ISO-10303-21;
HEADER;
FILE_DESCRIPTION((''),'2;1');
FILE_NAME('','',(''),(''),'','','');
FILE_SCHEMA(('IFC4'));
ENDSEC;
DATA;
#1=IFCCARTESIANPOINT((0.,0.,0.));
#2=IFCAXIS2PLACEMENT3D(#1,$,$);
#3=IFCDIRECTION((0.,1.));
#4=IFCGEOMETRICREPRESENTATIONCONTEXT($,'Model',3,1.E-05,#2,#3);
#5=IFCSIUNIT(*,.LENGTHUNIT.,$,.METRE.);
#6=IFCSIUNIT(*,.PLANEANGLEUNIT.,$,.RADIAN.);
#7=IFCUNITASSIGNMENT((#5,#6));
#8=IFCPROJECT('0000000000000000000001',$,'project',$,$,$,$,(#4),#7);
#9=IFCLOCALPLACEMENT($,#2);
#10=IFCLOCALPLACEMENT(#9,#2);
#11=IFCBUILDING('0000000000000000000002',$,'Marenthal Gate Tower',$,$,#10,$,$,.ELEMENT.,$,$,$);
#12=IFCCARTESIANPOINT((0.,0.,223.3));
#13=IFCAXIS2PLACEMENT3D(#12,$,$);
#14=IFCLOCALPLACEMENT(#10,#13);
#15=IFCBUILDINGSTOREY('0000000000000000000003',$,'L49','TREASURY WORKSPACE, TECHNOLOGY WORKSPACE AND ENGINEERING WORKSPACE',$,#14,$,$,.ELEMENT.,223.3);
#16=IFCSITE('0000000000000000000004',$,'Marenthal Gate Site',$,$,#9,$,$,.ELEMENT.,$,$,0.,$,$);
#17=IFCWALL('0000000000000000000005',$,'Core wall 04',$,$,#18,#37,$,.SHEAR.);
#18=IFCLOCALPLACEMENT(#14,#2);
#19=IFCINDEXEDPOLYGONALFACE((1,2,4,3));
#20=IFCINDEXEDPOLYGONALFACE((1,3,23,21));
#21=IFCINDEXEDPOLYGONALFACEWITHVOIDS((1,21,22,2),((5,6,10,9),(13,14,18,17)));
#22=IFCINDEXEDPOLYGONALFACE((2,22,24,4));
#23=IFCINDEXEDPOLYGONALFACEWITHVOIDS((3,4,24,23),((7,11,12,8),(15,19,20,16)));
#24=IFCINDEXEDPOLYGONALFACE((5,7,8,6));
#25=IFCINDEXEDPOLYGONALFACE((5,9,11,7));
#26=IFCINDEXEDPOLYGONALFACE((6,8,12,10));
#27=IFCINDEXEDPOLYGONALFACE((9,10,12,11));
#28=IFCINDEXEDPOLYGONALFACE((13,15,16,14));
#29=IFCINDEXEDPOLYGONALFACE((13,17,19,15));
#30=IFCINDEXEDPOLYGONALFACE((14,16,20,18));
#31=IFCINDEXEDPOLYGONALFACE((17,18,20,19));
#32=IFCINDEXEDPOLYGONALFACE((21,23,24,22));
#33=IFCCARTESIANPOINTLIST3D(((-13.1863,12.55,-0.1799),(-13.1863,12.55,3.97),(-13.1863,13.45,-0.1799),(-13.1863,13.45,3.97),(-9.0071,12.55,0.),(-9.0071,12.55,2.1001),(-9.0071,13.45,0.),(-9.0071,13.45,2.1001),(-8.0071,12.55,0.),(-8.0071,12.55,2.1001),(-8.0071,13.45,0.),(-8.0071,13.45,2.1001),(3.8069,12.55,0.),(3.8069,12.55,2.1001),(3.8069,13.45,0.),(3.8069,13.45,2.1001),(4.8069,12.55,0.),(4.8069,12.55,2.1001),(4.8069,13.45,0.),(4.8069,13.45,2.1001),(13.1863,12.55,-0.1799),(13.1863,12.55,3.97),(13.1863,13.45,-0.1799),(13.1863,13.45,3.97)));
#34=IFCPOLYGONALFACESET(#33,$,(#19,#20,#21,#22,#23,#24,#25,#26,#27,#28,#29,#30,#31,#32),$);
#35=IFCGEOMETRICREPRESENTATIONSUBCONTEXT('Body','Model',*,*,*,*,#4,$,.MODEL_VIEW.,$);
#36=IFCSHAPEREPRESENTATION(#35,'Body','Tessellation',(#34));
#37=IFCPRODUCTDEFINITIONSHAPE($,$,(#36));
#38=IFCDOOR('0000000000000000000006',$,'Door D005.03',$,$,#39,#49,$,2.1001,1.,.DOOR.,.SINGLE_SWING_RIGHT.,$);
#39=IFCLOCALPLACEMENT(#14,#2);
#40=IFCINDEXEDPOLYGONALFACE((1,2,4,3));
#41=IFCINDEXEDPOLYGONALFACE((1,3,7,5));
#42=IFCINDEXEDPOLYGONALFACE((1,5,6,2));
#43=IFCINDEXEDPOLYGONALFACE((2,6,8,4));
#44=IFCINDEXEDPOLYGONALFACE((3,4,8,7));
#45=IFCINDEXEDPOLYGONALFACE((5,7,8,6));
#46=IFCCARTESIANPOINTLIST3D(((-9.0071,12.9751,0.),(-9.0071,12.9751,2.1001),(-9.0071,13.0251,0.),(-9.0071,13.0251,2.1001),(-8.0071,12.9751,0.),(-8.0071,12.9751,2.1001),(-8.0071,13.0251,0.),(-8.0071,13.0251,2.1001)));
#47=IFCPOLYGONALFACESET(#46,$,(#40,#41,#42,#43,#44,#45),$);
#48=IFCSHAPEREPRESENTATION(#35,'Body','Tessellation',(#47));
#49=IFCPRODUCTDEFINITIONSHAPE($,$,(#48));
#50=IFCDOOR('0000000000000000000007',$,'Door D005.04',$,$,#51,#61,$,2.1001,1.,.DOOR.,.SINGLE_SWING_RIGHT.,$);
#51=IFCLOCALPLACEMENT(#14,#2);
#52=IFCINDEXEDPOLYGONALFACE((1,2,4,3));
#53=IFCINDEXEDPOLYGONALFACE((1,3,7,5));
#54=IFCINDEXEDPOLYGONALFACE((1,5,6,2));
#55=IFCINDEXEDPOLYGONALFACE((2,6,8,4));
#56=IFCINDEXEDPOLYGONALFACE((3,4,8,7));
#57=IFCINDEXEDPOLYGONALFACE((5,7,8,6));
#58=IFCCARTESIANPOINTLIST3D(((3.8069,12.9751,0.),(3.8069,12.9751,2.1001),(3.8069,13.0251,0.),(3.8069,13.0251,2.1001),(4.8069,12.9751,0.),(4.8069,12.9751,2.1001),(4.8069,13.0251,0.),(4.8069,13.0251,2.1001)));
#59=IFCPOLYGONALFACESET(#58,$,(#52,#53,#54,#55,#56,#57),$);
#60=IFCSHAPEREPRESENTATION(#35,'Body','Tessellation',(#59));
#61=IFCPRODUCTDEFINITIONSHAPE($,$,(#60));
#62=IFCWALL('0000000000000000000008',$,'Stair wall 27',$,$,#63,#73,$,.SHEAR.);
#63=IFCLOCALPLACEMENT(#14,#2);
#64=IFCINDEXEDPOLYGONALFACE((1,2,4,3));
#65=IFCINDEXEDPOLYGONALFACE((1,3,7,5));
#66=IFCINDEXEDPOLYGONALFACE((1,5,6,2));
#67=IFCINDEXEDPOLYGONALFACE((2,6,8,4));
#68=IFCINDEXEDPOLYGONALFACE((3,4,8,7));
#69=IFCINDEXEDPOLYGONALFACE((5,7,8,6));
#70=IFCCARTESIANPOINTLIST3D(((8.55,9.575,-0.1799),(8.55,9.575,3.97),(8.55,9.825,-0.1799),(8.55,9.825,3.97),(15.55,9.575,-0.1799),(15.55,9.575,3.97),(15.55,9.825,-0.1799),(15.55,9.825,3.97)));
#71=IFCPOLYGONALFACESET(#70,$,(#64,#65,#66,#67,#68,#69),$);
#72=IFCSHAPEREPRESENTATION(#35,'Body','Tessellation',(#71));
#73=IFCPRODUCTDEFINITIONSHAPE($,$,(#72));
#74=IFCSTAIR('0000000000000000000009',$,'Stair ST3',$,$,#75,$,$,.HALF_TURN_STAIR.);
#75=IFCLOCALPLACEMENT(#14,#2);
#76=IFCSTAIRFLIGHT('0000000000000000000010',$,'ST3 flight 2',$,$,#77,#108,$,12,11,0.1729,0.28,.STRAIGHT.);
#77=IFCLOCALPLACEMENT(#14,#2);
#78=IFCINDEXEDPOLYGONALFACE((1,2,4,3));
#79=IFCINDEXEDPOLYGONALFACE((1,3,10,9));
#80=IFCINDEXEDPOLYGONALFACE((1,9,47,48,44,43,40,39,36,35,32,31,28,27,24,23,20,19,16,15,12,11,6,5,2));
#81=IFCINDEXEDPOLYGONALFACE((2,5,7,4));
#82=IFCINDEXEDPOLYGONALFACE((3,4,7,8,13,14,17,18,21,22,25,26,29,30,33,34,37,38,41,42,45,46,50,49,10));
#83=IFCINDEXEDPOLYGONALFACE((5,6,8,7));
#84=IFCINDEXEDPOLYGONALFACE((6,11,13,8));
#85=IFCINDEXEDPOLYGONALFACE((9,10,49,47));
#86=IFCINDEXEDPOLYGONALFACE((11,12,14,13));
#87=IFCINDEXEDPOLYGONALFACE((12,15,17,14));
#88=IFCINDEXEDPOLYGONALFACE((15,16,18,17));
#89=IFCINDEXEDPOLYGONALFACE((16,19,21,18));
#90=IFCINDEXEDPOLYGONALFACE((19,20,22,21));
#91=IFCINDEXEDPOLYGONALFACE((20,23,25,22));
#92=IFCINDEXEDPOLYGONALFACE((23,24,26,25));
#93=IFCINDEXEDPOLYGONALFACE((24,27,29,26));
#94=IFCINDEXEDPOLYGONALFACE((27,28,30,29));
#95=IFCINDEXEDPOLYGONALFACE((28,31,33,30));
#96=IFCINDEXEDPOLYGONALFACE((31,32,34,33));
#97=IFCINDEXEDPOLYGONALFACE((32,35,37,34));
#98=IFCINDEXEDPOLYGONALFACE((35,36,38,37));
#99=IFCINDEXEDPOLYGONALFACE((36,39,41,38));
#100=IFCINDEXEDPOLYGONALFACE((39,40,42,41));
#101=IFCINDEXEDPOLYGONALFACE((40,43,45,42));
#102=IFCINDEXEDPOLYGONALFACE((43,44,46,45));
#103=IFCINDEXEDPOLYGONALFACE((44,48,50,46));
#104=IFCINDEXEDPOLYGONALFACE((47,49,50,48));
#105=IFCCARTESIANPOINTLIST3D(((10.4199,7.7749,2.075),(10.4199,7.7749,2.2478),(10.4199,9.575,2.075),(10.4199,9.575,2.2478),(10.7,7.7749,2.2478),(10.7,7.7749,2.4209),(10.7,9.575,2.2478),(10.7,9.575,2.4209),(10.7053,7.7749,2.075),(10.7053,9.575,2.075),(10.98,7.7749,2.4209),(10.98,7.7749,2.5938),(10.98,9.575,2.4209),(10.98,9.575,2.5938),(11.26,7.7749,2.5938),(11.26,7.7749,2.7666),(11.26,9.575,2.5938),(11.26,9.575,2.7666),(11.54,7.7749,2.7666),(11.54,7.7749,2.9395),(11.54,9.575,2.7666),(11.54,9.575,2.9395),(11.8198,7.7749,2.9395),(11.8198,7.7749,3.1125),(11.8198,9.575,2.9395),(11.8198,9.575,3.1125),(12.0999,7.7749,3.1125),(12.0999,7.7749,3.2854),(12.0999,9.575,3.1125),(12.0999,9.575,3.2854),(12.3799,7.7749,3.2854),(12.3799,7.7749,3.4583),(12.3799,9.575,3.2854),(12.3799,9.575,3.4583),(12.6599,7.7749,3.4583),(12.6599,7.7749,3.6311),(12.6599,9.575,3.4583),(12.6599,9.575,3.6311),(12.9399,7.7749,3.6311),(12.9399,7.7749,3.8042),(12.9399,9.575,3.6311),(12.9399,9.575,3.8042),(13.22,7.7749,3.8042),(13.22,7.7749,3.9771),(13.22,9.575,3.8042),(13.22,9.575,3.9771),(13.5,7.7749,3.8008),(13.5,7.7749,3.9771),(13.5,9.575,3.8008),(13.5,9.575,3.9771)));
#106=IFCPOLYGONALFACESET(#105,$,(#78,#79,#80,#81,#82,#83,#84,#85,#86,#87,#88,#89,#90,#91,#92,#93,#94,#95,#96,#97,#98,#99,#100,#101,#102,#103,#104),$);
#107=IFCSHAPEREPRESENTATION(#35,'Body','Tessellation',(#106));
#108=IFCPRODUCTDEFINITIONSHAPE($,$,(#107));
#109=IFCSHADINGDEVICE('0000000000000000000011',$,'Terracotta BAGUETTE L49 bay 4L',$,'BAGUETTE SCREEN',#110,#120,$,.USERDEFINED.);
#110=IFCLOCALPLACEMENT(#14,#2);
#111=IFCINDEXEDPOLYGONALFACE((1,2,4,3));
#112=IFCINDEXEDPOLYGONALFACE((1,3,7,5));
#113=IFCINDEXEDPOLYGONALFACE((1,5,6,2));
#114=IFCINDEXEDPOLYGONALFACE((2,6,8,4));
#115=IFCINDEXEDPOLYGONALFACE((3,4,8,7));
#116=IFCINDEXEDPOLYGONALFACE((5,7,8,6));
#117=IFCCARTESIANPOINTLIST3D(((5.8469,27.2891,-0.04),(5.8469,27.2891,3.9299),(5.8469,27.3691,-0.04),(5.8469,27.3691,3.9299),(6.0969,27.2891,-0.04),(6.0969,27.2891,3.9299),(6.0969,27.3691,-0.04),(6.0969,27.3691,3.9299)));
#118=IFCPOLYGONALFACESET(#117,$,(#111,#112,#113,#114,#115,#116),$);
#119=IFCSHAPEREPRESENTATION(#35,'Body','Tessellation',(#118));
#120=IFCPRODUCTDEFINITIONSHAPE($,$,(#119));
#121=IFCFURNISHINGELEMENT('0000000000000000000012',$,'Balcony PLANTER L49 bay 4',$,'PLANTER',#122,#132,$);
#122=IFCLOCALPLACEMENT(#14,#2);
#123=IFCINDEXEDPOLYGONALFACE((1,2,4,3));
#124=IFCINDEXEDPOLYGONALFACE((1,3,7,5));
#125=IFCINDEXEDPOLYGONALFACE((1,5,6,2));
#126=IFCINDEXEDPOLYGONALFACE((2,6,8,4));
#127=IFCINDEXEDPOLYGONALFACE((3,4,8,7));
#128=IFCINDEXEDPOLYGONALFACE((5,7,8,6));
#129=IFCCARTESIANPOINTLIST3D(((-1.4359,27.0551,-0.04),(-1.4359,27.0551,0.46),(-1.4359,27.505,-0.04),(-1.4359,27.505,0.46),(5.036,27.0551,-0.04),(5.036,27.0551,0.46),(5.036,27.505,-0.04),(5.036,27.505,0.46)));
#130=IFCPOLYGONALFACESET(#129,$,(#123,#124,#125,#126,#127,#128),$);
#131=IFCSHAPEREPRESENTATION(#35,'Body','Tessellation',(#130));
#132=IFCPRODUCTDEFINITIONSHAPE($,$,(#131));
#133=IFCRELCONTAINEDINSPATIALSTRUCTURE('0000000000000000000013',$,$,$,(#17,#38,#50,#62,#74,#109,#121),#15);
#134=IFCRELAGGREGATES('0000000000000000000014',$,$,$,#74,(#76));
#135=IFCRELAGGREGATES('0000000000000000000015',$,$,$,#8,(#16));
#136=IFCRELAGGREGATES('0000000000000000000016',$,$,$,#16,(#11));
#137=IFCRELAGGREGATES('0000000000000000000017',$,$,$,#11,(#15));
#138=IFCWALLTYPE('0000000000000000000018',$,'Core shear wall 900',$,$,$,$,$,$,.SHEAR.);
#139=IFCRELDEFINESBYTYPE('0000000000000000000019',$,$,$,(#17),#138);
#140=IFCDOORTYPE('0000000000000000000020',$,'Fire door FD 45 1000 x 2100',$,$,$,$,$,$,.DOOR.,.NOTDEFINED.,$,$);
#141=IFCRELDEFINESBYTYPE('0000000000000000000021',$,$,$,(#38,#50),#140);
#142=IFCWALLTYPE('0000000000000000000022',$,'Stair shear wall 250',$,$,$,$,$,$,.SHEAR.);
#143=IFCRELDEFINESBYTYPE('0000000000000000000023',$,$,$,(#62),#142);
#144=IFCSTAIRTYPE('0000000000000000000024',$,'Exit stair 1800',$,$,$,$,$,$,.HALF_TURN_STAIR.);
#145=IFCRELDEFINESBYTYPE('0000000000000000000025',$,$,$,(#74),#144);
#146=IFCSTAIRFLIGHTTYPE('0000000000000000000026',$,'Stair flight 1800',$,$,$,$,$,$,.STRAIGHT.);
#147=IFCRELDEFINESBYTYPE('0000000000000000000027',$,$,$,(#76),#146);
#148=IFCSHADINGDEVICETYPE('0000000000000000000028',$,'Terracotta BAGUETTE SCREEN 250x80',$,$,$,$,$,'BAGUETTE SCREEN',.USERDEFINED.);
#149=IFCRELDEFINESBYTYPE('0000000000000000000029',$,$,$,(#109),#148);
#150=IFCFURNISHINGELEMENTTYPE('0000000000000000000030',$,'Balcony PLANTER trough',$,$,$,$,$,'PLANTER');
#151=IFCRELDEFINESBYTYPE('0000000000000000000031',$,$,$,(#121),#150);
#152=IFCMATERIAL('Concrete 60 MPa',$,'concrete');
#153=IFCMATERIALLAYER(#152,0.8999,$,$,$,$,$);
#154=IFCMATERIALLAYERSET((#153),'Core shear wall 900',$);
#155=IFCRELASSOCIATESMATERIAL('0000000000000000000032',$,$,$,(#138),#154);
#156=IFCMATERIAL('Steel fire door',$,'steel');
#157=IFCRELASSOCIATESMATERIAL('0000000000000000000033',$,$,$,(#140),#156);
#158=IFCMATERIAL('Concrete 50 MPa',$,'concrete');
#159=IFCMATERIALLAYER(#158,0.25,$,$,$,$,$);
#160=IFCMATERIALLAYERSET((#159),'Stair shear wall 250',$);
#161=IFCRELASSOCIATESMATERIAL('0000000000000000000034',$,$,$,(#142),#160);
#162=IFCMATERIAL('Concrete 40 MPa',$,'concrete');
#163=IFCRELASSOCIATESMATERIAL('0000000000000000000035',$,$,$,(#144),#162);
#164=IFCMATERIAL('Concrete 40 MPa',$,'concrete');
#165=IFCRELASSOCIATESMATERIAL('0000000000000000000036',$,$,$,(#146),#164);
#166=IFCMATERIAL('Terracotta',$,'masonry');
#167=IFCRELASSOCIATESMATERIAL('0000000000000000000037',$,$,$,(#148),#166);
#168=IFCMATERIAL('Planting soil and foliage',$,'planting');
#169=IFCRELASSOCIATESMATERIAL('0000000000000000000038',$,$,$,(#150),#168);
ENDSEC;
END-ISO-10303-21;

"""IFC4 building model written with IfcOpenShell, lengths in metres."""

from ifc_helpers import new_model, si_unit, direction, frame, frame_2d, origin, origin_2d, place, context, subcontext, project, spatial, polyline, rectangle, outline, extrude, material, layer, layer_set, material_profile, profile_set, type_object, element, fill, aggregate, save


model = new_model("IFC4")

# Units and contexts
model_context = context("Model", 3, precision=1e-05, world=origin(), true_north=direction((0.0, 1.0)))
body_context = subcontext(model_context, "Body", "Model", "MODEL_VIEW")
ifc_project = project(units=[si_unit("LENGTHUNIT", "METRE"), si_unit("PLANEANGLEUNIT", "RADIAN")], contexts=[model_context])

# Site, building, storey
site_placement = place(None, origin())
site = spatial("IfcSite", under=ifc_project, at=site_placement, Name="Marenthal Gate Site", CompositionType="ELEMENT", RefElevation=0.0)
building_placement = place(site_placement, origin())
building = spatial("IfcBuilding", under=site, at=building_placement, Name="Marenthal Gate Tower", CompositionType="ELEMENT")
storey_placement = place(building_placement, frame((0.0, 0.0, 223.3)))
storey = spatial("IfcBuildingStorey", under=building, at=storey_placement, Name="L49", Description="TREASURY WORKSPACE, TECHNOLOGY WORKSPACE AND ENGINEERING WORKSPACE", CompositionType="ELEMENT", Elevation=223.3)

# Wall, openings, doors
ifc_material_1 = material(Name="Concrete 60 MPa", Category="concrete")
ifc_layer_1 = layer(ifc_material_1, 0.8999)
ifc_layer_set_1 = layer_set([ifc_layer_1], Name="Core shear wall 900")
wall_type_1 = type_object("IfcWallType", Name="Core shear wall 900", PredefinedType="SHEAR", material=ifc_layer_set_1)
wall_1_placement = place(storey_placement, frame((13.1863, 13.0, -0.1799), z_axis=(0.0, 0.0, 1.0), x_axis=(-1.0, 0.0, 0.0)))
wall_1 = element("IfcWall", 1, at=wall_1_placement, inside=storey, type_object=wall_type_1, Name="Core wall 04", PredefinedType="SHEAR", context=body_context, shape_type="SweptSolid", body=[
    extrude(rectangle(XDim=26.3726, YDim=0.8999, at=frame_2d((13.1863, 0.0))), origin(), (0.0, 0.0, 1.0), 4.1499),
])
opening_1_placement = place(wall_1_placement, frame((21.1934, 0.0, 0.1799)))
opening_1 = element("IfcOpeningElement", 2, at=opening_1_placement, cuts=wall_1, PredefinedType="OPENING", context=body_context, shape_type="SweptSolid", body=[
    extrude(rectangle(XDim=1.0, YDim=2.1001, at=frame_2d((0.5, 1.05))), frame((0.0, 0.46, 0.0), z_axis=(0.0, -1.0, 0.0), x_axis=(1.0, 0.0, 0.0)), (0.0, 0.0, 1.0), 0.9199),
])
opening_2_placement = place(wall_1_placement, frame((8.3794, 0.0, 0.1799)))
opening_2 = element("IfcOpeningElement", 3, at=opening_2_placement, cuts=wall_1, PredefinedType="OPENING", context=body_context, shape_type="SweptSolid", body=[
    extrude(rectangle(XDim=1.0, YDim=2.1001, at=frame_2d((0.5, 1.05))), frame((0.0, 0.46, 0.0), z_axis=(0.0, -1.0, 0.0), x_axis=(1.0, 0.0, 0.0)), (0.0, 0.0, 1.0), 0.9199),
])
ifc_material_2 = material(Name="Steel fire door", Category="steel")
door_type_1 = type_object("IfcDoorType", Name="Fire door FD 45 1000 x 2100", OperationType="NOTDEFINED", PredefinedType="DOOR", material=ifc_material_2)
door_1_placement = place(opening_1_placement, origin())
door_1 = element("IfcDoor", 4, at=door_1_placement, inside=storey, type_object=door_type_1, Name="Door D005.03", OperationType="SINGLE_SWING_RIGHT", OverallHeight=2.1001, OverallWidth=1.0, PredefinedType="DOOR", context=body_context, shape_type="SweptSolid", body=[
    extrude(rectangle(XDim=1.0, YDim=2.1001, at=frame_2d((0.5, 1.05))), frame((0.0, 0.0249, 0.0), z_axis=(0.0, -1.0, 0.0), x_axis=(1.0, 0.0, 0.0)), (0.0, 0.0, 1.0), 0.05),
])
fill(opening_1, door_1)
door_2_placement = place(opening_2_placement, origin())
door_2 = element("IfcDoor", 5, at=door_2_placement, inside=storey, type_object=door_type_1, Name="Door D005.04", OperationType="SINGLE_SWING_RIGHT", OverallHeight=2.1001, OverallWidth=1.0, PredefinedType="DOOR", context=body_context, shape_type="SweptSolid", body=[
    extrude(rectangle(XDim=1.0, YDim=2.1001, at=frame_2d((0.5, 1.05))), frame((0.0, 0.0249, 0.0), z_axis=(0.0, -1.0, 0.0), x_axis=(1.0, 0.0, 0.0)), (0.0, 0.0, 1.0), 0.05),
])
fill(opening_2, door_2)

# Wall
ifc_material_3 = material(Name="Concrete 50 MPa", Category="concrete")
ifc_layer_2 = layer(ifc_material_3, 0.25)
ifc_layer_set_2 = layer_set([ifc_layer_2], Name="Stair shear wall 250")
wall_type_2 = type_object("IfcWallType", Name="Stair shear wall 250", PredefinedType="SHEAR", material=ifc_layer_set_2)
wall_2_placement = place(storey_placement, frame((8.55, 9.7, -0.1799), z_axis=(0.0, 0.0, 1.0), x_axis=(1.0, 0.0, 0.0)))
element("IfcWall", 6, at=wall_2_placement, inside=storey, type_object=wall_type_2, Name="Stair wall 27", PredefinedType="SHEAR", context=body_context, shape_type="SweptSolid", body=[
    extrude(rectangle(XDim=7.0, YDim=0.25, at=frame_2d((3.5, 0.0))), origin(), (0.0, 0.0, 1.0), 4.1499),
])

# Stair, stair flight
ifc_material_4 = material(Name="Concrete 40 MPa", Category="concrete")
stair_type = type_object("IfcStairType", Name="Exit stair 1800", PredefinedType="HALF_TURN_STAIR", material=ifc_material_4)
stair_placement = place(storey_placement, origin())
stair = element("IfcStair", 7, at=stair_placement, inside=storey, type_object=stair_type, Name="Stair ST3", PredefinedType="HALF_TURN_STAIR")
ifc_material_5 = material(Name="Concrete 40 MPa", Category="concrete")
stair_flight_type = type_object("IfcStairFlightType", Name="Stair flight 1800", PredefinedType="STRAIGHT", material=ifc_material_5)
stair_flight_placement = place(storey_placement, frame((10.4199, 8.675, 2.075), z_axis=(0.0, 0.0, 1.0), x_axis=(1.0, 0.0, 0.0)))
stair_flight = element("IfcStairFlight", 8, at=stair_flight_placement, type_object=stair_flight_type, Name="ST3 flight 2", NumberOfRisers=12, NumberOfTreads=11, PredefinedType="STRAIGHT", RiserHeight=0.1729, TreadLength=0.28, context=body_context, shape_type="SweptSolid", body=[
    extrude(outline(polyline([(0.0, 0.0), (0.0, 0.1729), (0.28, 0.1729), (0.28, 0.3459), (0.5601, 0.3459), (0.5601, 0.5188), (0.8401, 0.5188), (0.8401, 0.6917), (1.1201, 0.6917), (1.1201, 0.8645), (1.3999, 0.8645), (1.3999, 1.0376), (1.6799, 1.0376), (1.6799, 1.2104), (1.96, 1.2104), (1.96, 1.3833), (2.24, 1.3833), (2.24, 1.5562), (2.52, 1.5562), (2.52, 1.7292), (2.8, 1.7292), (2.8, 1.9021), (3.0801, 1.9021), (3.0801, 2.075), (3.0801, 1.7258), (0.2854, 0.0), (0.0, 0.0)])), frame((0.0, 0.8999, 0.0), z_axis=(0.0, -1.0, 0.0), x_axis=(1.0, 0.0, 0.0)), (0.0, 0.0, 1.0), 1.8),
])
aggregate(stair, [stair_flight])

# Shading device
ifc_material_6 = material(Name="Terracotta", Category="masonry")
ifc_material_profile_1 = material_profile(ifc_material_6, rectangle(XDim=0.25, YDim=0.0801, at=origin_2d()), Name="Terracotta baguette 250x80")
ifc_profile_set_1 = profile_set([ifc_material_profile_1], Name="Terracotta")
shading_device_type = type_object("IfcShadingDeviceType", Name="Terracotta BAGUETTE SCREEN 250x80", ElementType="BAGUETTE SCREEN", PredefinedType="USERDEFINED", material=ifc_profile_set_1)
shading_device_placement = place(storey_placement, frame((5.9719, 27.3291, -0.04), z_axis=(0.0, 0.0, 1.0), x_axis=(-1.0, 0.0, 0.0)))
element("IfcShadingDevice", 9, at=shading_device_placement, inside=storey, type_object=shading_device_type, Name="Terracotta BAGUETTE L49 bay 4L", ObjectType="BAGUETTE SCREEN", PredefinedType="USERDEFINED", context=body_context, shape_type="SweptSolid", body=[
    extrude(rectangle(XDim=0.25, YDim=0.0801, at=origin_2d()), origin(), (0.0, 0.0, 1.0), 3.97),
])

# Furnishing element
ifc_material_7 = material(Name="Planting soil and foliage", Category="planting")
furnishing_element_type = type_object("IfcFurnishingElementType", Name="Balcony PLANTER trough", ElementType="PLANTER", material=ifc_material_7)
furnishing_placement = place(storey_placement, frame((1.8, 27.28, -0.04), z_axis=(0.0, 0.0, 1.0), x_axis=(-1.0, 0.0, 0.0)))
element("IfcFurnishingElement", 10, at=furnishing_placement, inside=storey, type_object=furnishing_element_type, Name="Balcony PLANTER L49 bay 4", ObjectType="PLANTER", context=body_context, shape_type="SweptSolid", body=[
    extrude(rectangle(XDim=6.4719, YDim=0.45, at=origin_2d()), origin(), (0.0, 0.0, 1.0), 0.5),
])

save(model, "model.ifc")
